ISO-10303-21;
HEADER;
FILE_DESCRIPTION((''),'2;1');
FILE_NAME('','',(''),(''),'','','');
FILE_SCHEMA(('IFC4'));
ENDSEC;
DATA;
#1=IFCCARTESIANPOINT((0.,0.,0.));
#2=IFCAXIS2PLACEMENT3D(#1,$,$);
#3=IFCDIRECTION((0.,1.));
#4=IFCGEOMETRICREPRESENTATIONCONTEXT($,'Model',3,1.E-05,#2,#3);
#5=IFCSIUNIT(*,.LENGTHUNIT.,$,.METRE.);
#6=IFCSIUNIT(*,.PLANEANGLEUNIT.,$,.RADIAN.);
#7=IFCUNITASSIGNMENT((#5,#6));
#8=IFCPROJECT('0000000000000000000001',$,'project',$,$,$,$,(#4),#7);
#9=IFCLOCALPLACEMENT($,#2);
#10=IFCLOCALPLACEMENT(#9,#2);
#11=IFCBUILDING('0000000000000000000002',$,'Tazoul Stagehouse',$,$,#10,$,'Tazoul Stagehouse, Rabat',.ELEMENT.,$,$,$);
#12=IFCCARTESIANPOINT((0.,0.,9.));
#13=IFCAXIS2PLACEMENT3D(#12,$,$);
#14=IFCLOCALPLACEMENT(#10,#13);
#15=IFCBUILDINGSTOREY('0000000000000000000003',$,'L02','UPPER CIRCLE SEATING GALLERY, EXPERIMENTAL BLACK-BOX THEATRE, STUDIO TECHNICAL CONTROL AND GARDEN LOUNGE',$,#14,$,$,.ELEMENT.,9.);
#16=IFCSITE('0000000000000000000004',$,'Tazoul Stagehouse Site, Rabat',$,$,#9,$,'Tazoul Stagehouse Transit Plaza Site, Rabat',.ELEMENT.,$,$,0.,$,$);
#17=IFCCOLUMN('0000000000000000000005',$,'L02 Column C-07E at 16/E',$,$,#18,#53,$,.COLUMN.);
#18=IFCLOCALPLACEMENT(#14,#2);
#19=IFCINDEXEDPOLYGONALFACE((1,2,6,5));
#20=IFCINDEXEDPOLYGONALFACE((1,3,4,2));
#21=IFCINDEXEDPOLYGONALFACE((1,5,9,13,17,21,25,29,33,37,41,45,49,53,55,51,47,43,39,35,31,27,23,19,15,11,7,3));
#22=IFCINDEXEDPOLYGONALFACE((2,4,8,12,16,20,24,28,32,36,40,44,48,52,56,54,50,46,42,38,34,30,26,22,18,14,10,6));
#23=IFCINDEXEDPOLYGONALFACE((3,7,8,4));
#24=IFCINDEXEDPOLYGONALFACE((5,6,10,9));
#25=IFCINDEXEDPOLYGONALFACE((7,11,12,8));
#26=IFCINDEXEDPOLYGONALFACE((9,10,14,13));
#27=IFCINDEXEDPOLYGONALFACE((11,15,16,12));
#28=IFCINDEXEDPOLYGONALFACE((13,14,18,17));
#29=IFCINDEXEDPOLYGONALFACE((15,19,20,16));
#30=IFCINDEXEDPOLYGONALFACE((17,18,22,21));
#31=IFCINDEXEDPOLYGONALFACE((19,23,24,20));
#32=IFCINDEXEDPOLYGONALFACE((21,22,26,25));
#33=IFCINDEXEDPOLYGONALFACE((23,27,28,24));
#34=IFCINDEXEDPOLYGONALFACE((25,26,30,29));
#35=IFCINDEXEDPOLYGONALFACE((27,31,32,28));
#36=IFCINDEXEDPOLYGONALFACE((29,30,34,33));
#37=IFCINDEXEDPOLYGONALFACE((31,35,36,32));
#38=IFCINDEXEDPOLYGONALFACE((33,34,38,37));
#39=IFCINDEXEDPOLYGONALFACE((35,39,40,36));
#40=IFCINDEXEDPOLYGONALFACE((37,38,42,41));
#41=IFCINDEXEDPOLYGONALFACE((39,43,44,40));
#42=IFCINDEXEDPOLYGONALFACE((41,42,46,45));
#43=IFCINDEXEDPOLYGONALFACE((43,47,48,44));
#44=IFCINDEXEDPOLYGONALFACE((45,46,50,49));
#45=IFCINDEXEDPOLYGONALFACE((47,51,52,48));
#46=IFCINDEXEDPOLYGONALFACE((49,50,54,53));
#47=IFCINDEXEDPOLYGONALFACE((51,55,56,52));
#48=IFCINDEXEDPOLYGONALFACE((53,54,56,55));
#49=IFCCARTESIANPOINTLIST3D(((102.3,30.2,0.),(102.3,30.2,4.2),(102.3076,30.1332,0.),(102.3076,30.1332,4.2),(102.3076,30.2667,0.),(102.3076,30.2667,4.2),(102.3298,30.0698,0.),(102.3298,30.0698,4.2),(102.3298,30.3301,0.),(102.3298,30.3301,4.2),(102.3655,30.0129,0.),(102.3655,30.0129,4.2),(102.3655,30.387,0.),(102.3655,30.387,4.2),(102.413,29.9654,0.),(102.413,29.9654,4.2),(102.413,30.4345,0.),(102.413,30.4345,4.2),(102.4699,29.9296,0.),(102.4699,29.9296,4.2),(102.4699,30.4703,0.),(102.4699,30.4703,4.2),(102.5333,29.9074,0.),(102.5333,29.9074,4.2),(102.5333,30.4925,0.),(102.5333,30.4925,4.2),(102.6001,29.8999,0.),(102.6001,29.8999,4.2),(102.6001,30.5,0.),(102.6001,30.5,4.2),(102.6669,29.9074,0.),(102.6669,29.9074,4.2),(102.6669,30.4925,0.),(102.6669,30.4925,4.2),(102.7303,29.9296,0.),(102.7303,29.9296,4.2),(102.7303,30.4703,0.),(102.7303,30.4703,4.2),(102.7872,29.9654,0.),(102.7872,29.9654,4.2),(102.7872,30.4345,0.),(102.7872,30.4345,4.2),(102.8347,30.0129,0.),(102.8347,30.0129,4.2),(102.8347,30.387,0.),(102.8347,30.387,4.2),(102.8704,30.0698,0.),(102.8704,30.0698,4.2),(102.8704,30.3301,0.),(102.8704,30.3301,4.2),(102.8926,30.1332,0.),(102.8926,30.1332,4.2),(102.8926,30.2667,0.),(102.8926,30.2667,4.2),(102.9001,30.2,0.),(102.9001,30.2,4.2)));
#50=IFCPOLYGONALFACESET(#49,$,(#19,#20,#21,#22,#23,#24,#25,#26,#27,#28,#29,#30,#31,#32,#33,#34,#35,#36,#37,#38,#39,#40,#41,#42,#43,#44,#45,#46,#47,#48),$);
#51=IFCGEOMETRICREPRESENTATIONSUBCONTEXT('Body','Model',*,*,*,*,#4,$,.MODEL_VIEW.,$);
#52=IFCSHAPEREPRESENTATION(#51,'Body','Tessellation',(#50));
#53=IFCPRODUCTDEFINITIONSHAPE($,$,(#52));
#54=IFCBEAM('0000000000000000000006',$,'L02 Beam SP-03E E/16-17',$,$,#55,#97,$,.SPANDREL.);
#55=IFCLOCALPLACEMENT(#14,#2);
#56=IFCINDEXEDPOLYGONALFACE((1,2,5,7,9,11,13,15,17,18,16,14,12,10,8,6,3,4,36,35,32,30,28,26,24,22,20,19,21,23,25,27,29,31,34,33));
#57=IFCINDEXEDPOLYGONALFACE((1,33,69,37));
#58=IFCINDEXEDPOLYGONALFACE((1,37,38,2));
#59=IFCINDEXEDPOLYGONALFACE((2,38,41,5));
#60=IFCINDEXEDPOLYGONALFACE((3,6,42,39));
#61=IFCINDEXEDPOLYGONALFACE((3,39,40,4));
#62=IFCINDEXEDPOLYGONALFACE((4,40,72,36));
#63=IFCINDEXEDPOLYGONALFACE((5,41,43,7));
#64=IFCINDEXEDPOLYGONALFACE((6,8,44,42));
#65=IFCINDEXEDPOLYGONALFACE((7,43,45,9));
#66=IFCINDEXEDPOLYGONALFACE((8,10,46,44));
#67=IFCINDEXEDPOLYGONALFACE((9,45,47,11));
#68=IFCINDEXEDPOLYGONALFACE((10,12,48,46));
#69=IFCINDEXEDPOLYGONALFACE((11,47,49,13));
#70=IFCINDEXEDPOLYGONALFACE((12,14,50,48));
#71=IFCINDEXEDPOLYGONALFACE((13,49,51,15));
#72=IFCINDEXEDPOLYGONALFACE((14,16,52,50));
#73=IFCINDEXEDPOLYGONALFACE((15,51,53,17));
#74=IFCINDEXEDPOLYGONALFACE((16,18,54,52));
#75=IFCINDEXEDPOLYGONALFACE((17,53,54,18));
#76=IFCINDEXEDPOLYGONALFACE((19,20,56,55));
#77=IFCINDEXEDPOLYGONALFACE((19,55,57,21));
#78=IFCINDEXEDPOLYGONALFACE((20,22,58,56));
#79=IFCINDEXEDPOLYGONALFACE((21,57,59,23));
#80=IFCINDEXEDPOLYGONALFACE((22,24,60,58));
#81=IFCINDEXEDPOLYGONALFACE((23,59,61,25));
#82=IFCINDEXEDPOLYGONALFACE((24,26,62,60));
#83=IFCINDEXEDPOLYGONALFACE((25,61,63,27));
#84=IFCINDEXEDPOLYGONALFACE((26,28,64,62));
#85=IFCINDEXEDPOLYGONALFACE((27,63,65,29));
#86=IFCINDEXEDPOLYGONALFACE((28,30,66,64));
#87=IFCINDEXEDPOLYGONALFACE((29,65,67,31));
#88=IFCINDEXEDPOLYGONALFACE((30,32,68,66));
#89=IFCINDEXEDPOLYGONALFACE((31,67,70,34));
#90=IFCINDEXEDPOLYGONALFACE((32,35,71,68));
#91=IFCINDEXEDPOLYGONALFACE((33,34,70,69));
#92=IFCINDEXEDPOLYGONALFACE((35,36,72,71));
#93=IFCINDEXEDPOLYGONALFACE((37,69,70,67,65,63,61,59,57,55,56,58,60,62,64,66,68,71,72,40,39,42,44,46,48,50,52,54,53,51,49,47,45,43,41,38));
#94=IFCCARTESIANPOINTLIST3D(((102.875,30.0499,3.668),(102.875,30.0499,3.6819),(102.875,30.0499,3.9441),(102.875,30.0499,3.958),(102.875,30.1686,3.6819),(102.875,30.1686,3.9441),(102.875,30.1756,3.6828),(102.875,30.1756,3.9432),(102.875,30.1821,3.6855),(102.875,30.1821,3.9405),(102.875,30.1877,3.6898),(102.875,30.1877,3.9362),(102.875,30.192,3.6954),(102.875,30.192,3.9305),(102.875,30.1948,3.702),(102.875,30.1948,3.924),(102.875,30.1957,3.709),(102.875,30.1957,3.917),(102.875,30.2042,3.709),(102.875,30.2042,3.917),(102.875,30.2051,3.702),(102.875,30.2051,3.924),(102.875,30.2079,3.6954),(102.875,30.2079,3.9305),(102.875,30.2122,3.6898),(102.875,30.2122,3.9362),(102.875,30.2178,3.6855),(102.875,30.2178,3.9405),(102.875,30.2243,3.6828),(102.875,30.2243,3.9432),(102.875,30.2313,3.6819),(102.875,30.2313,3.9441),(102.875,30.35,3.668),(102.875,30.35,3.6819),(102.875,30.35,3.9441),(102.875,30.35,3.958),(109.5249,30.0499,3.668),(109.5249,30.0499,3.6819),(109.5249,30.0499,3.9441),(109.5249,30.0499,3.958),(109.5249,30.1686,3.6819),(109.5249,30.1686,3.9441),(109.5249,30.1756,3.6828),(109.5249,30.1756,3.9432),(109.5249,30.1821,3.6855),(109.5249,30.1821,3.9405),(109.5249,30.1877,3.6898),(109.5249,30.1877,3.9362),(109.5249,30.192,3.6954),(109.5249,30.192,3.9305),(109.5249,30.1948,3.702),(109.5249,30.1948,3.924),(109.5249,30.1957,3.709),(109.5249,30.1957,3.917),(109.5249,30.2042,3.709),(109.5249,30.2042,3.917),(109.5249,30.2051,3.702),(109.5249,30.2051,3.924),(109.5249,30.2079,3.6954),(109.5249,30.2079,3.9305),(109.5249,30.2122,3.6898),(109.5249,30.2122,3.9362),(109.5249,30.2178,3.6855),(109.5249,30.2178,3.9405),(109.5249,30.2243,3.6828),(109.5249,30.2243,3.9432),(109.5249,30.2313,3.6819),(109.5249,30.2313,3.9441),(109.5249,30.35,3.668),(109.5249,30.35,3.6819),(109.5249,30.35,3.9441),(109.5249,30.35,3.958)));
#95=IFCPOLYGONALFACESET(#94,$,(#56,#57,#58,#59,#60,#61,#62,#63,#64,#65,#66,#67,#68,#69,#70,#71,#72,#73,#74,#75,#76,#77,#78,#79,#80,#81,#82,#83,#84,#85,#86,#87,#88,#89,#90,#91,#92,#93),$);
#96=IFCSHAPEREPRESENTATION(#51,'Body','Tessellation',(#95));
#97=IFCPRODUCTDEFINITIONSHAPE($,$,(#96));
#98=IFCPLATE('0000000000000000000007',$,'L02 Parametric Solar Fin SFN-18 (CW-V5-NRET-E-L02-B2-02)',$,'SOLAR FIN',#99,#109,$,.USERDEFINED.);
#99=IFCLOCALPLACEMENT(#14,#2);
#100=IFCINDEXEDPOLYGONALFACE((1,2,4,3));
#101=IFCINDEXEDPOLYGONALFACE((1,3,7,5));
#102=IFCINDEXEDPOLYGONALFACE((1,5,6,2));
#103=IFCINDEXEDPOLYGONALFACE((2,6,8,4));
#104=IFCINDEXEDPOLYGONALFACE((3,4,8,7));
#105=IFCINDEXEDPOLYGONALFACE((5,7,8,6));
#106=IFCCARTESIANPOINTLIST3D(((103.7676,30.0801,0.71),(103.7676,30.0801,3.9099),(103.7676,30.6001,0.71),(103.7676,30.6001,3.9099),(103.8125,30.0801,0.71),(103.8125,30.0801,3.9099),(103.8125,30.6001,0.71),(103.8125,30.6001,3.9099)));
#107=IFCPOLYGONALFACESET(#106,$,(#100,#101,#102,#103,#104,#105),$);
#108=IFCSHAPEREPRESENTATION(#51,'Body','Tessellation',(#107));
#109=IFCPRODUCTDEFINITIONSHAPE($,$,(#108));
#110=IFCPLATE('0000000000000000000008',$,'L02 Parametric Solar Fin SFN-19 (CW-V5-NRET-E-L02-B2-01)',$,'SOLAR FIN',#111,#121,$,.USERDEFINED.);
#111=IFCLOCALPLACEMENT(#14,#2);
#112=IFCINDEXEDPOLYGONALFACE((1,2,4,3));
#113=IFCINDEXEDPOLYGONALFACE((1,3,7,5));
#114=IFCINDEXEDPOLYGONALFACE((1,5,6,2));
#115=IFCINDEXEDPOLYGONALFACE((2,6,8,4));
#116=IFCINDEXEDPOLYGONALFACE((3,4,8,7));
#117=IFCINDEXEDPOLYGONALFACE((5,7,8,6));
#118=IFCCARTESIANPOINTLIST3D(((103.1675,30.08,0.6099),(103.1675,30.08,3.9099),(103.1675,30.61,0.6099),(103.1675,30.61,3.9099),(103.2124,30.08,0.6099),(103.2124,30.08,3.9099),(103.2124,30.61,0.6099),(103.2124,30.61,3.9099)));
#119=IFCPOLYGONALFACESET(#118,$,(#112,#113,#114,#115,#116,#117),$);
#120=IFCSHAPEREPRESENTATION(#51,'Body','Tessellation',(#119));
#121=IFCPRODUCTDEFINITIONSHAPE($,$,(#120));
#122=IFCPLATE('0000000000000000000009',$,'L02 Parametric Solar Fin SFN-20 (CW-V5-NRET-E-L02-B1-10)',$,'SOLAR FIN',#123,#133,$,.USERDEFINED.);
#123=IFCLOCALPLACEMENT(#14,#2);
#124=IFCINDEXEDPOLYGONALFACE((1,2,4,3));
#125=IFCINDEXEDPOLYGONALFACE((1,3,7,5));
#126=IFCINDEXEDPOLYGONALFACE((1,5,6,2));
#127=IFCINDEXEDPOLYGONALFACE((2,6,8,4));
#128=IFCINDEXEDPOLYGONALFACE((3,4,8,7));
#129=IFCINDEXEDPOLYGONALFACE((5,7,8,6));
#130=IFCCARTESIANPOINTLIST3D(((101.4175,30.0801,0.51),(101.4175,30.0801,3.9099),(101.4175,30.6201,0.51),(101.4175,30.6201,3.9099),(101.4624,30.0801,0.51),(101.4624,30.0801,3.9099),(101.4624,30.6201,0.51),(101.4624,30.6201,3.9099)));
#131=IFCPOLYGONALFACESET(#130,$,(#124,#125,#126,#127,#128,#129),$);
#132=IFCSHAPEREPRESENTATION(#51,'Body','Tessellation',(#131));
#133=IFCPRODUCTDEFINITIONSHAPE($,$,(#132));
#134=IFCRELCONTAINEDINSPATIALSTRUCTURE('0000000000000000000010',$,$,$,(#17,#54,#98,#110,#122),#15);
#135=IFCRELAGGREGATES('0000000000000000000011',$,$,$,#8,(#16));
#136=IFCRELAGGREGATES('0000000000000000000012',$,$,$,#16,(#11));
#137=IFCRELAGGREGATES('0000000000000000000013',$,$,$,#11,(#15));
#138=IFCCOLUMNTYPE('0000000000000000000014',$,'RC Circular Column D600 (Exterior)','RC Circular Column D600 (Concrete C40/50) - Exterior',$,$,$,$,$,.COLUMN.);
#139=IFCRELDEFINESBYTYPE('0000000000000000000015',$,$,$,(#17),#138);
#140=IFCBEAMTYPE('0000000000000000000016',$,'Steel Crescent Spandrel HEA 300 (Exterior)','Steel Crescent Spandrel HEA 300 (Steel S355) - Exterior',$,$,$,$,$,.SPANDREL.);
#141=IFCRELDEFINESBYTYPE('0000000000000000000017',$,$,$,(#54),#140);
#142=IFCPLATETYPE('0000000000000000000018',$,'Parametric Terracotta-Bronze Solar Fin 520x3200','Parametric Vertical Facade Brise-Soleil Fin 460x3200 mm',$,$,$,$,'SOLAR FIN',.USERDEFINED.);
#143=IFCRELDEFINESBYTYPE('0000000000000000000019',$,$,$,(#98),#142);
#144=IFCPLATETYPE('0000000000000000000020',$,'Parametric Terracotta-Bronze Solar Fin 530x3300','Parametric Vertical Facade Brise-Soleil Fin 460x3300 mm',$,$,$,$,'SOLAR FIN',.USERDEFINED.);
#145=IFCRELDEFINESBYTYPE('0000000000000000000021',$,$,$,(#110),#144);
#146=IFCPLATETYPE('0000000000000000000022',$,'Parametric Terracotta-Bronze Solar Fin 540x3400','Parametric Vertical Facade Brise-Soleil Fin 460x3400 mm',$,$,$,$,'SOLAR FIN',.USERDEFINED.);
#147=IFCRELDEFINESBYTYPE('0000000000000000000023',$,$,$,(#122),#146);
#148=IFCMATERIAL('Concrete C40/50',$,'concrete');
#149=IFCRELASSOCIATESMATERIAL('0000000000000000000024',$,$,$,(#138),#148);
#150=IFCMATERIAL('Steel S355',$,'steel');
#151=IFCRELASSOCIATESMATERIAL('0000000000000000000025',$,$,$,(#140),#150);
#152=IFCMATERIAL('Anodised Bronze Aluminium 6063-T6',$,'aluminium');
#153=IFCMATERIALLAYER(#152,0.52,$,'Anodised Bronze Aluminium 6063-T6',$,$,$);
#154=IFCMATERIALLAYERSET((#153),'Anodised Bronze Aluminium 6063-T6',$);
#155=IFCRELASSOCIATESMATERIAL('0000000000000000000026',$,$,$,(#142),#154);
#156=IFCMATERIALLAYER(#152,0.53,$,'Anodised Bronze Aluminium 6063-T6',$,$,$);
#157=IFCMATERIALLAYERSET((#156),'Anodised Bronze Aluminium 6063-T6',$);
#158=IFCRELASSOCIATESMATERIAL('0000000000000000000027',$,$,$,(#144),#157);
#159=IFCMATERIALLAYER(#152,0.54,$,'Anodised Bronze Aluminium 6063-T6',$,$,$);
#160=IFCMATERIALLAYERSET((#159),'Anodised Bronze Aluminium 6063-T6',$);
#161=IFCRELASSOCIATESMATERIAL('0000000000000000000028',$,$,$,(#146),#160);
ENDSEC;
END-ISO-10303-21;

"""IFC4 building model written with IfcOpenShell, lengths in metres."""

from ifc_helpers import new_model, si_unit, direction, frame, origin, origin_2d, place, context, subcontext, project, spatial, rectangle, circle, i_section, extrude, material, layer, layer_set, material_profile, profile_set, type_object, element, save


model = new_model("IFC4")

# Units and contexts
model_context = context("Model", 3, precision=1e-05, world=origin(), true_north=direction((0.0, 1.0)))
body_context = subcontext(model_context, "Body", "Model", "MODEL_VIEW")
ifc_project = project(units=[si_unit("LENGTHUNIT", "METRE"), si_unit("PLANEANGLEUNIT", "RADIAN")], contexts=[model_context])

# Site, building, storey
site_placement = place(None, origin())
site = spatial("IfcSite", under=ifc_project, at=site_placement, Name="Tazoul Stagehouse Site, Rabat", LongName="Tazoul Stagehouse Transit Plaza Site, Rabat", CompositionType="ELEMENT", RefElevation=0.0)
building_placement = place(site_placement, origin())
building = spatial("IfcBuilding", under=site, at=building_placement, Name="Tazoul Stagehouse", LongName="Tazoul Stagehouse, Rabat", CompositionType="ELEMENT")
storey_placement = place(building_placement, frame((0.0, 0.0, 9.0)))
storey = spatial("IfcBuildingStorey", under=building, at=storey_placement, Name="L02", Description="UPPER CIRCLE SEATING GALLERY, EXPERIMENTAL BLACK-BOX THEATRE, STUDIO TECHNICAL CONTROL AND GARDEN LOUNGE", CompositionType="ELEMENT", Elevation=9.0)

# Column
ifc_material_1 = material(Name="Concrete C40/50", Category="concrete")
ifc_material_profile_1 = material_profile(ifc_material_1, circle(Radius=0.3, at=origin_2d()), Name="RC D600")
ifc_profile_set_1 = profile_set([ifc_material_profile_1], Name="Concrete C40/50")
column_type = type_object("IfcColumnType", Name="RC Circular Column D600 (Exterior)", Description="RC Circular Column D600 (Concrete C40/50) - Exterior", PredefinedType="COLUMN", material=ifc_profile_set_1)
column_placement = place(storey_placement, frame((102.6001, 30.2, 0.0), z_axis=(0.0, 0.0, 1.0), x_axis=(1.0, 0.0, 0.0)))
element("IfcColumn", 1, at=column_placement, inside=storey, type_object=column_type, Name="L02 Column C-07E at 16/E", PredefinedType="COLUMN", context=body_context, shape_type="SweptSolid", body=[
    extrude(circle(Radius=0.3, at=origin_2d()), origin(), (0.0, 0.0, 1.0), 4.2),
])

# Shared definitions
ifc_material_2 = material(Name="Anodised Bronze Aluminium 6063-T6", Category="aluminium")

# Beam
ifc_material_3 = material(Name="Steel S355", Category="steel")
ifc_material_profile_2 = material_profile(ifc_material_3, i_section(OverallWidth=0.3, OverallDepth=0.29, WebThickness=0.0085, FlangeThickness=0.0139, FilletRadius=0.0271, at=origin_2d()), Name="HEA 300")
ifc_profile_set_2 = profile_set([ifc_material_profile_2], Name="Steel S355")
beam_type = type_object("IfcBeamType", Name="Steel Crescent Spandrel HEA 300 (Exterior)", Description="Steel Crescent Spandrel HEA 300 (Steel S355) - Exterior", PredefinedType="SPANDREL", material=ifc_profile_set_2)
beam_placement = place(storey_placement, frame((102.875, 30.2, 3.813), z_axis=(1.0, 0.0, 0.0), x_axis=(0.0, 1.0, 0.0)))
element("IfcBeam", 2, at=beam_placement, inside=storey, type_object=beam_type, Name="L02 Beam SP-03E E/16-17", PredefinedType="SPANDREL", context=body_context, shape_type="SweptSolid", body=[
    extrude(i_section(OverallWidth=0.3, OverallDepth=0.29, WebThickness=0.0085, FlangeThickness=0.0139, FilletRadius=0.0271, at=origin_2d()), origin(), (0.0, 0.0, 1.0), 6.6499),
])

# Plates
ifc_layer_1 = layer(ifc_material_2, 0.52, Name="Anodised Bronze Aluminium 6063-T6")
ifc_layer_set_1 = layer_set([ifc_layer_1], Name="Anodised Bronze Aluminium 6063-T6")
plate_type_1 = type_object("IfcPlateType", Name="Parametric Terracotta-Bronze Solar Fin 520x3200", Description="Parametric Vertical Facade Brise-Soleil Fin 460x3200 mm", ElementType="SOLAR FIN", PredefinedType="USERDEFINED", material=ifc_layer_set_1)
plate_1_placement = place(storey_placement, frame((103.79, 30.3401, 0.71), z_axis=(0.0, 0.0, 1.0), x_axis=(1.0, 0.0, 0.0)))
element("IfcPlate", 3, at=plate_1_placement, inside=storey, type_object=plate_type_1, Name="L02 Parametric Solar Fin SFN-18 (CW-V5-NRET-E-L02-B2-02)", ObjectType="SOLAR FIN", PredefinedType="USERDEFINED", context=body_context, shape_type="SweptSolid", body=[
    extrude(rectangle(XDim=0.0449, YDim=0.52, at=origin_2d()), origin(), (0.0, 0.0, 1.0), 3.2),
])
ifc_layer_2 = layer(ifc_material_2, 0.53, Name="Anodised Bronze Aluminium 6063-T6")
ifc_layer_set_2 = layer_set([ifc_layer_2], Name="Anodised Bronze Aluminium 6063-T6")
plate_type_2 = type_object("IfcPlateType", Name="Parametric Terracotta-Bronze Solar Fin 530x3300", Description="Parametric Vertical Facade Brise-Soleil Fin 460x3300 mm", ElementType="SOLAR FIN", PredefinedType="USERDEFINED", material=ifc_layer_set_2)
plate_2_placement = place(storey_placement, frame((103.1899, 30.345, 0.6099), z_axis=(0.0, 0.0, 1.0), x_axis=(1.0, 0.0, 0.0)))
element("IfcPlate", 4, at=plate_2_placement, inside=storey, type_object=plate_type_2, Name="L02 Parametric Solar Fin SFN-19 (CW-V5-NRET-E-L02-B2-01)", ObjectType="SOLAR FIN", PredefinedType="USERDEFINED", context=body_context, shape_type="SweptSolid", body=[
    extrude(rectangle(XDim=0.0449, YDim=0.53, at=origin_2d()), origin(), (0.0, 0.0, 1.0), 3.3),
])
ifc_layer_3 = layer(ifc_material_2, 0.54, Name="Anodised Bronze Aluminium 6063-T6")
ifc_layer_set_3 = layer_set([ifc_layer_3], Name="Anodised Bronze Aluminium 6063-T6")
plate_type_3 = type_object("IfcPlateType", Name="Parametric Terracotta-Bronze Solar Fin 540x3400", Description="Parametric Vertical Facade Brise-Soleil Fin 460x3400 mm", ElementType="SOLAR FIN", PredefinedType="USERDEFINED", material=ifc_layer_set_3)
plate_3_placement = place(storey_placement, frame((101.4399, 30.3501, 0.51), z_axis=(0.0, 0.0, 1.0), x_axis=(1.0, 0.0, 0.0)))
element("IfcPlate", 5, at=plate_3_placement, inside=storey, type_object=plate_type_3, Name="L02 Parametric Solar Fin SFN-20 (CW-V5-NRET-E-L02-B1-10)", ObjectType="SOLAR FIN", PredefinedType="USERDEFINED", context=body_context, shape_type="SweptSolid", body=[
    extrude(rectangle(XDim=0.0449, YDim=0.54, at=origin_2d()), origin(), (0.0, 0.0, 1.0), 3.3999),
])

save(model, "model.ifc")
